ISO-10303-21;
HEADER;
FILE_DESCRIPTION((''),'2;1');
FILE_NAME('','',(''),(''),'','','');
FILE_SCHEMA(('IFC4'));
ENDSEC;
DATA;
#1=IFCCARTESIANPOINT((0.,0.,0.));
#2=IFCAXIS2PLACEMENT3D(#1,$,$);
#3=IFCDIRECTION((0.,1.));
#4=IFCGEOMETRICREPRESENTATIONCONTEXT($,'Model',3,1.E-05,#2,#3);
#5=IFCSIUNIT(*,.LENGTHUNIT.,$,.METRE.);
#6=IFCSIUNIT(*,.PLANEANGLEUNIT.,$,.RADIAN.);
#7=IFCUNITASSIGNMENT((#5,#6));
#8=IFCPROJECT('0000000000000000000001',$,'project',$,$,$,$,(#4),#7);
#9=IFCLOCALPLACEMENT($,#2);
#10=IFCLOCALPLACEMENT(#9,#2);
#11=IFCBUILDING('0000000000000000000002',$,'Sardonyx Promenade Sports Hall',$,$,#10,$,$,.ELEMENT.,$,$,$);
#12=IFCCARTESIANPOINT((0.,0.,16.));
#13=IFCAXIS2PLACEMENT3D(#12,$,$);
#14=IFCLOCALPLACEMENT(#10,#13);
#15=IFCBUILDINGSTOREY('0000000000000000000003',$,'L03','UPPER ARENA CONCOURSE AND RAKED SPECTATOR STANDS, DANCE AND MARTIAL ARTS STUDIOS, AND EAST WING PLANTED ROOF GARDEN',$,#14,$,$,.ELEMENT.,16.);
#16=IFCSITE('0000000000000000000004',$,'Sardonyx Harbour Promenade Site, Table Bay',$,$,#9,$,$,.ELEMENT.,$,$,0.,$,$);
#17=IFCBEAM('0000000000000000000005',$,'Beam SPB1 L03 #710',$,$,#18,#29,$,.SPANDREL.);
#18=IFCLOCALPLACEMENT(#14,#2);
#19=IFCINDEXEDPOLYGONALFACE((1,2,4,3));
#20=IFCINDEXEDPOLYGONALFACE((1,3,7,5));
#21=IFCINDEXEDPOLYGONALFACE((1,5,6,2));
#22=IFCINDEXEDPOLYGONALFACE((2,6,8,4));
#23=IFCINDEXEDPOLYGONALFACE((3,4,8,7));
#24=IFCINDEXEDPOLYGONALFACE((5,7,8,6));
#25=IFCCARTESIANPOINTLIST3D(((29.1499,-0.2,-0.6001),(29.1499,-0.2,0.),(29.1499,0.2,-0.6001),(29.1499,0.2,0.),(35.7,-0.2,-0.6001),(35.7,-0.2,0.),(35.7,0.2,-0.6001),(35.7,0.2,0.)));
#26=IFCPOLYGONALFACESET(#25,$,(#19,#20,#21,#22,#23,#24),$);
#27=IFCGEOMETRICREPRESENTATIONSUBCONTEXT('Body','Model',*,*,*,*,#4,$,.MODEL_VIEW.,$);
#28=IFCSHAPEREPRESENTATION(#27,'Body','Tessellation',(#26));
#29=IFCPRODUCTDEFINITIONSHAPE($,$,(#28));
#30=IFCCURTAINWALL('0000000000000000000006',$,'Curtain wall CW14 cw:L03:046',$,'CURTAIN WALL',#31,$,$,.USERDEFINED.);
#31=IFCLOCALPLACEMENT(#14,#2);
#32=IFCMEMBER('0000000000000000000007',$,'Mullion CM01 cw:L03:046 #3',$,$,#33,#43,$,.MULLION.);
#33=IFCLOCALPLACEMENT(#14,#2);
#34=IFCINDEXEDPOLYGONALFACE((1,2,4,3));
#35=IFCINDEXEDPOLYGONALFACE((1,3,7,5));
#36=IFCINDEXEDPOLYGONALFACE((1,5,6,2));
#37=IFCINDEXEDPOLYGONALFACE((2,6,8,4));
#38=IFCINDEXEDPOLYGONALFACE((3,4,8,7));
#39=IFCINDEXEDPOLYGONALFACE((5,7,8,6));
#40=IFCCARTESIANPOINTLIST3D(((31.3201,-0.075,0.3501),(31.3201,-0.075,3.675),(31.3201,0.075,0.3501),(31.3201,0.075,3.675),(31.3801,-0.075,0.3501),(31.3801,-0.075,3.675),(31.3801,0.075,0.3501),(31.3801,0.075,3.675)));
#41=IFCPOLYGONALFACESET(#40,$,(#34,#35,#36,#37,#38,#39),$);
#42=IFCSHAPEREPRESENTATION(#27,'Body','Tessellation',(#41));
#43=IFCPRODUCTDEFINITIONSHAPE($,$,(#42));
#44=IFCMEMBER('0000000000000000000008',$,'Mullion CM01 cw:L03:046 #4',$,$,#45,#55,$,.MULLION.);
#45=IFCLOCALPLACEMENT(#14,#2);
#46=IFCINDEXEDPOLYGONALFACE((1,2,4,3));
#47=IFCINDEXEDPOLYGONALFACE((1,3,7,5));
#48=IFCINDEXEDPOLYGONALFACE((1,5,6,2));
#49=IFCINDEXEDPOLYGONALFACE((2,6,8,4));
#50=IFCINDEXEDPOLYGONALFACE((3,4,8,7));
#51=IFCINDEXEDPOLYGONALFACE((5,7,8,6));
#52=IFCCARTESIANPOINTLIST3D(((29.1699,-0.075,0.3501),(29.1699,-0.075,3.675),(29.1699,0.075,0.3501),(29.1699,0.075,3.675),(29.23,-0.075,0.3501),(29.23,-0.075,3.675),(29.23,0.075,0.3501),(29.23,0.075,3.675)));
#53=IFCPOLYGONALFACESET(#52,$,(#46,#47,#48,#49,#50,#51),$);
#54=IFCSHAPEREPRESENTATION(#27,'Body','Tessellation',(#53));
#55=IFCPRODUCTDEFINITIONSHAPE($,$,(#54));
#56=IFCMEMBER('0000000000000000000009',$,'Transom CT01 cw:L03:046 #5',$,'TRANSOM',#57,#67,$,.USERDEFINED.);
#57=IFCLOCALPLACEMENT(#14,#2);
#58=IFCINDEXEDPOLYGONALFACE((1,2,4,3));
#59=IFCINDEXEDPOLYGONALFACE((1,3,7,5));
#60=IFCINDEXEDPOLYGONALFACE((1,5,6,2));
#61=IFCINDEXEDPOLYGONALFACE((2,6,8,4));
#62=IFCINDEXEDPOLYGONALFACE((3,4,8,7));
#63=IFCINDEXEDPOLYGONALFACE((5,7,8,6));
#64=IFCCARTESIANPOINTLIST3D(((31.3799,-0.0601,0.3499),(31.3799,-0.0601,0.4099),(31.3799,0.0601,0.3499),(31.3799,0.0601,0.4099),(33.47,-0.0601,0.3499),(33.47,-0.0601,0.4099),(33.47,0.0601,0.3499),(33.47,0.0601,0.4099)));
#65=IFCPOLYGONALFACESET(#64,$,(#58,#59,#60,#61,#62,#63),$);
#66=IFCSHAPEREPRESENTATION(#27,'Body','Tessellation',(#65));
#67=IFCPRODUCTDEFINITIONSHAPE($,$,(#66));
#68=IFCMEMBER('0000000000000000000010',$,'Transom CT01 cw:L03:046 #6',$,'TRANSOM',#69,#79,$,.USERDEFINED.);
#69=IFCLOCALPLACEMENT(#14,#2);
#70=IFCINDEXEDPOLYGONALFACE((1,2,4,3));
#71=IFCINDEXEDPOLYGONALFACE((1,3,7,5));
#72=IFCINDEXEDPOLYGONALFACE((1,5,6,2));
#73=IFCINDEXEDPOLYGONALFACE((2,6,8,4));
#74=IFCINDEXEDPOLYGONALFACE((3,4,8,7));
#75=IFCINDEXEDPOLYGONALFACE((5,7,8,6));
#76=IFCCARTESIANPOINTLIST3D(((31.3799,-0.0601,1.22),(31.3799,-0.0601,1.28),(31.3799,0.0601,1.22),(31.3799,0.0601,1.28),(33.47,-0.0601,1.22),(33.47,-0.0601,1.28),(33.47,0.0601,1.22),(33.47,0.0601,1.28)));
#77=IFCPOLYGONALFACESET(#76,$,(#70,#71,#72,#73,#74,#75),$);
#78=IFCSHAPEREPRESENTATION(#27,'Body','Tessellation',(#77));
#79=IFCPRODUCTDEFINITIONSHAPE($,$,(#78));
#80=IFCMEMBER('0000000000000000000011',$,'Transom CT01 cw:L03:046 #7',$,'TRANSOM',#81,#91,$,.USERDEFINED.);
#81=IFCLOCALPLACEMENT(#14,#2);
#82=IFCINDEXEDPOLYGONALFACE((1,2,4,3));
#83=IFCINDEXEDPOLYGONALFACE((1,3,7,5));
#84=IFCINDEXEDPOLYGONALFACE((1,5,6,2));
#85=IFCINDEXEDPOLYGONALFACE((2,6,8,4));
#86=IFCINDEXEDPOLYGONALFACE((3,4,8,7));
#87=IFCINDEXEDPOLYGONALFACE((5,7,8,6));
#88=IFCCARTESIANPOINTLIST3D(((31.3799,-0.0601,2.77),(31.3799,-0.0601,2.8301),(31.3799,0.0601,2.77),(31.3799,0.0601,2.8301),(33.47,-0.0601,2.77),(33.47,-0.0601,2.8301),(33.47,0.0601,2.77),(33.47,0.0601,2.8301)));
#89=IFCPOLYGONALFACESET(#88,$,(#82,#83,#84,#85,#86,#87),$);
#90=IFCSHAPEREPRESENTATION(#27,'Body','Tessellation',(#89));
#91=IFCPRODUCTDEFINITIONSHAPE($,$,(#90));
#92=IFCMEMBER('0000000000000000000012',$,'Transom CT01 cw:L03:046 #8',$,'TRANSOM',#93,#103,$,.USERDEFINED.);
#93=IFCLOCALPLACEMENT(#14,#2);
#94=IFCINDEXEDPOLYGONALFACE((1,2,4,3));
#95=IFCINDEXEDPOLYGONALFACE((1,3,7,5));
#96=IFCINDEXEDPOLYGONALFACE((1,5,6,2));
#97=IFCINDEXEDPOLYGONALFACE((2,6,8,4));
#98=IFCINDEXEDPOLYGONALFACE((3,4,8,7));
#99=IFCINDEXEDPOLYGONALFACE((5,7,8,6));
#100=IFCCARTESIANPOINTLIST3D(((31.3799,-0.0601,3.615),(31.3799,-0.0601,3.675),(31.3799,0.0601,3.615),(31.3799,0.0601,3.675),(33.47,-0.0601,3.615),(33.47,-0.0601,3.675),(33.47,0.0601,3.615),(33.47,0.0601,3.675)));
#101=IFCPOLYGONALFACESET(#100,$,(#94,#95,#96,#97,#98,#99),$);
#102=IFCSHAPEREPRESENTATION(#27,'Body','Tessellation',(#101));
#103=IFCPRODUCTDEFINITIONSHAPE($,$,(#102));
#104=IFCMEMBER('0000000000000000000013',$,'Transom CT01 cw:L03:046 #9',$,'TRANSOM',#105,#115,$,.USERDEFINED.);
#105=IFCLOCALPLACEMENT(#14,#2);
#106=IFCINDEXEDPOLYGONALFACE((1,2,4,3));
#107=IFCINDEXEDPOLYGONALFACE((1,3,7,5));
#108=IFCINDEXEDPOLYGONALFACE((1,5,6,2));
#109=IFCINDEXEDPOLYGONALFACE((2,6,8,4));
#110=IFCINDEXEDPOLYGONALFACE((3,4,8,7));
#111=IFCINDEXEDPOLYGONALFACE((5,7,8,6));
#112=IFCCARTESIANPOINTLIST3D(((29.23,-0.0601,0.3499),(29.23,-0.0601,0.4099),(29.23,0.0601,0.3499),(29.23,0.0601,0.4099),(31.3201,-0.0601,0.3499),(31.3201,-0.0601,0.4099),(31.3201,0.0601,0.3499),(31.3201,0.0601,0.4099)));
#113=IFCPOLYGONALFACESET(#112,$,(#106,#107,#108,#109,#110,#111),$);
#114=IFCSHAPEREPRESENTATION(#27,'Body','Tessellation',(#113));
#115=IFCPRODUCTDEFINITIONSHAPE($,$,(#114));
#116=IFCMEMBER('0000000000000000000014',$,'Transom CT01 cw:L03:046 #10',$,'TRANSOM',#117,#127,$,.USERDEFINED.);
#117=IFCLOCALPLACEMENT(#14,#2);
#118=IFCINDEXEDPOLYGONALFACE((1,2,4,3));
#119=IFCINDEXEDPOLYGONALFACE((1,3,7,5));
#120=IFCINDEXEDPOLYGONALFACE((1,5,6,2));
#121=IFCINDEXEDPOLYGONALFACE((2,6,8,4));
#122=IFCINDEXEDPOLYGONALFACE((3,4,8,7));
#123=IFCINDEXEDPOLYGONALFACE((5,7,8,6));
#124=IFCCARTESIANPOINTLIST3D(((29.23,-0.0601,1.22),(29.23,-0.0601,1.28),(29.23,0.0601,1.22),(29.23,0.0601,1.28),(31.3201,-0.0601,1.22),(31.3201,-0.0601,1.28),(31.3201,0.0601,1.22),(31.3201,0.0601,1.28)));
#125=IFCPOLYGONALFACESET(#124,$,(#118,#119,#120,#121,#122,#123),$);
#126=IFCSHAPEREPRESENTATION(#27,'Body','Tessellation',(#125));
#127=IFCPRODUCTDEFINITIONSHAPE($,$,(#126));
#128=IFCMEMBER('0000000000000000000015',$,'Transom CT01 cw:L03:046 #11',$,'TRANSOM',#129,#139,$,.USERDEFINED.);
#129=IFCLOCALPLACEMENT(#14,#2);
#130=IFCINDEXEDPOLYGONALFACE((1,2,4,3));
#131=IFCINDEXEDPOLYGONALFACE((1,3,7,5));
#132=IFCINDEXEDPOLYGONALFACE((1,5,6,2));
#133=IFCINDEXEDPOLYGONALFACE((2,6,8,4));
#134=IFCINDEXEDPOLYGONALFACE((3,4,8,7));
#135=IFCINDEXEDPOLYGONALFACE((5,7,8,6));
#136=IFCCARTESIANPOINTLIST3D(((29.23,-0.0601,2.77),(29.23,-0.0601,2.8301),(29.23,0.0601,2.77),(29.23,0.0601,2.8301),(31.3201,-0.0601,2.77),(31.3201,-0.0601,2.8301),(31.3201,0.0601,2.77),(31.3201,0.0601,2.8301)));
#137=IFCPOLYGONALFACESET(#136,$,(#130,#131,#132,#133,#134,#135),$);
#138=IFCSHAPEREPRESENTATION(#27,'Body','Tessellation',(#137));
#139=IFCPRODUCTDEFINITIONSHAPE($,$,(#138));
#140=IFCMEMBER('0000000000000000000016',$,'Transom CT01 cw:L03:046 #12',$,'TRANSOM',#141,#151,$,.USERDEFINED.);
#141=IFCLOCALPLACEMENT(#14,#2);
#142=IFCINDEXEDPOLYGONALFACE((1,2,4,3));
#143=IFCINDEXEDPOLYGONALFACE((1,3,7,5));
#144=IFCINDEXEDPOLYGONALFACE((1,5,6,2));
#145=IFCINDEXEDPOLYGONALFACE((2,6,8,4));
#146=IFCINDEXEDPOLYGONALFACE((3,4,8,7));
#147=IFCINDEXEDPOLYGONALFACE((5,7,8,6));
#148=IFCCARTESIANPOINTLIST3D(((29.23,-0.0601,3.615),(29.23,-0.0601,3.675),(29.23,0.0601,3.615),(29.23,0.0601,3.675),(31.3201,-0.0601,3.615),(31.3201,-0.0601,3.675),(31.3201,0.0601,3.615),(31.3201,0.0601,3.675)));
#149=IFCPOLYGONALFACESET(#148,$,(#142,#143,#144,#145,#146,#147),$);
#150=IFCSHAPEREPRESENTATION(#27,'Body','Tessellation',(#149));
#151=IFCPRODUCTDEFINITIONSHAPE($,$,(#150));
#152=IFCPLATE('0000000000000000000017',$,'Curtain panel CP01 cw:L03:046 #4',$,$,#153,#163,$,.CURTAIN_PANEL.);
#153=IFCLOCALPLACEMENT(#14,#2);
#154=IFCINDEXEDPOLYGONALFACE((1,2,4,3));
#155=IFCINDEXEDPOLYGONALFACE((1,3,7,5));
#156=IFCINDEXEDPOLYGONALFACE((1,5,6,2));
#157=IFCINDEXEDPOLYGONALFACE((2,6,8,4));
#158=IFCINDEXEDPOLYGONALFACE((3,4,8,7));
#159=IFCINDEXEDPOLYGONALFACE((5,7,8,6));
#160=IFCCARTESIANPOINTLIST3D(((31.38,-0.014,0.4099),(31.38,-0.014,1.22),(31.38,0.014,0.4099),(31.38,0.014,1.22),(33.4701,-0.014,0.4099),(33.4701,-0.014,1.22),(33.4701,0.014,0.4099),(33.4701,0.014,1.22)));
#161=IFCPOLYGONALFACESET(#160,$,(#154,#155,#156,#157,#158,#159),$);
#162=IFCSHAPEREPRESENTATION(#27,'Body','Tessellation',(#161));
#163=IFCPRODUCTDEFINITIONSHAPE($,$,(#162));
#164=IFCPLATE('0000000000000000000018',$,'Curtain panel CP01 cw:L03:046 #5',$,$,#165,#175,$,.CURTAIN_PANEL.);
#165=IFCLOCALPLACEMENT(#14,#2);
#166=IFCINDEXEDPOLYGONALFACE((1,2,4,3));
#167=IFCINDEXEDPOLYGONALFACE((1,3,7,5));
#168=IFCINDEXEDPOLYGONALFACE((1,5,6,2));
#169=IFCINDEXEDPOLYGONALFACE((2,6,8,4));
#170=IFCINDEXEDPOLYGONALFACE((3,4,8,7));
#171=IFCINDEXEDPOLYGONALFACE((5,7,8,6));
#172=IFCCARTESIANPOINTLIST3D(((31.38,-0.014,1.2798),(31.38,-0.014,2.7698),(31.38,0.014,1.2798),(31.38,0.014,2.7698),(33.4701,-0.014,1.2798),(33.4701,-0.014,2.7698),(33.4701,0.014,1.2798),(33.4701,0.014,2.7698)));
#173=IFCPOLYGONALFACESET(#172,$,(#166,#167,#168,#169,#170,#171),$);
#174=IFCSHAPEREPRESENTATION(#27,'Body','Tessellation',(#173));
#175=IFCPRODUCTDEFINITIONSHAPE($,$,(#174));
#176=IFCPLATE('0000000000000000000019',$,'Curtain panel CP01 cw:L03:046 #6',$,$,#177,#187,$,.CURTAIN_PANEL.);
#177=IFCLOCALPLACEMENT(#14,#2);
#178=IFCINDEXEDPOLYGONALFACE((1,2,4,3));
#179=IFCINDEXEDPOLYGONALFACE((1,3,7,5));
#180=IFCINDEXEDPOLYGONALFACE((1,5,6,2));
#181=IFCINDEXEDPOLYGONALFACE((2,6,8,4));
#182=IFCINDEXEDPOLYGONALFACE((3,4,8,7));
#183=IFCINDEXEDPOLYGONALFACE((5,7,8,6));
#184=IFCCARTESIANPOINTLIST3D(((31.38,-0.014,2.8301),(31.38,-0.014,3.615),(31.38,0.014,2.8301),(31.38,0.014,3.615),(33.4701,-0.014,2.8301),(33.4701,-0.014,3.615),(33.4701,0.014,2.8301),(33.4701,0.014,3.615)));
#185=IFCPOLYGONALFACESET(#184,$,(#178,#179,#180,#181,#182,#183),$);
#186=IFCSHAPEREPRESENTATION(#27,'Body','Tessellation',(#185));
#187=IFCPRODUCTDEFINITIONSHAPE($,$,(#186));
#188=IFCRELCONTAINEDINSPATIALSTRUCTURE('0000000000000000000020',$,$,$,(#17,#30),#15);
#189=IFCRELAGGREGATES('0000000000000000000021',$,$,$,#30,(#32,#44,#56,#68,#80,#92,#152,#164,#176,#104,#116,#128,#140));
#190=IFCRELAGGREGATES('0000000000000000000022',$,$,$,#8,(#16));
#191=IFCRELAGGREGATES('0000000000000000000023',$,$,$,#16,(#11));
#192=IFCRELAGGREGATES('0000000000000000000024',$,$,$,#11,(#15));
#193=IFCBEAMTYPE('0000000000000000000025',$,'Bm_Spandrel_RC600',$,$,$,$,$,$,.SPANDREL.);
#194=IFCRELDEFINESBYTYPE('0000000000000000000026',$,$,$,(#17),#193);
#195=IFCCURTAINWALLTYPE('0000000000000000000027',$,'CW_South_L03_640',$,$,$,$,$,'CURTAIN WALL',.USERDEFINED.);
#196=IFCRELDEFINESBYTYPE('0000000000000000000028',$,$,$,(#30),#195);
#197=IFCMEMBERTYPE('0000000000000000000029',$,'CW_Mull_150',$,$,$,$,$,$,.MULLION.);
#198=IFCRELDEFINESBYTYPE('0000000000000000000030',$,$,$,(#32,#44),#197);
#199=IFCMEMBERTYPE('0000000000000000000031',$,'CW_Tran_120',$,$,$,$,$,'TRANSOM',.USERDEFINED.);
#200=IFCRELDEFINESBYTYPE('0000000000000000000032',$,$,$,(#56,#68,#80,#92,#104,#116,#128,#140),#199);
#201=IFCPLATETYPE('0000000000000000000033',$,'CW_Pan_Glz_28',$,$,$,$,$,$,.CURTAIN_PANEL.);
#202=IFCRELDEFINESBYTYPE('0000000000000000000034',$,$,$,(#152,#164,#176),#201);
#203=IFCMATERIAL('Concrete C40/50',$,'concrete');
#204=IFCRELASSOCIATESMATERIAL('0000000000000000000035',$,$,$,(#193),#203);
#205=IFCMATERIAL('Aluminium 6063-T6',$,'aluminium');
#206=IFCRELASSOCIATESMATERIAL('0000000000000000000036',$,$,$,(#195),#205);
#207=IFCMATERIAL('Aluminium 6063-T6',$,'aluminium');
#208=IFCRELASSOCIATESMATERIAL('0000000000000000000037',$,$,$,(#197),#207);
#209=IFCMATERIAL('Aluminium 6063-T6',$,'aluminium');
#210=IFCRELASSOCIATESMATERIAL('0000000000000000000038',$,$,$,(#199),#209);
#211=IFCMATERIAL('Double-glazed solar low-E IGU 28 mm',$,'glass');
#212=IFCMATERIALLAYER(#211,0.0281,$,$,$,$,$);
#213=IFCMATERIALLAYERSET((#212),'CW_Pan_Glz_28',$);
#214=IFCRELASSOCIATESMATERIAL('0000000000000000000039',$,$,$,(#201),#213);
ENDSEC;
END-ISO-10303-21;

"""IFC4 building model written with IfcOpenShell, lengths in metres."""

from ifc_helpers import new_model, si_unit, direction, frame, origin, origin_2d, place, context, subcontext, project, spatial, rectangle, extrude, material, layer, layer_set, material_profile, profile_set, type_object, element, aggregate, save


model = new_model("IFC4")

# Units and contexts
model_context = context("Model", 3, precision=1e-05, world=origin(), true_north=direction((0.0, 1.0)))
body_context = subcontext(model_context, "Body", "Model", "MODEL_VIEW")
ifc_project = project(units=[si_unit("LENGTHUNIT", "METRE"), si_unit("PLANEANGLEUNIT", "RADIAN")], contexts=[model_context])

# Site, building, storey
site_placement = place(None, origin())
site = spatial("IfcSite", under=ifc_project, at=site_placement, Name="Sardonyx Harbour Promenade Site, Table Bay", CompositionType="ELEMENT", RefElevation=0.0)
building_placement = place(site_placement, origin())
building = spatial("IfcBuilding", under=site, at=building_placement, Name="Sardonyx Promenade Sports Hall", CompositionType="ELEMENT")
storey_placement = place(building_placement, frame((0.0, 0.0, 16.0)))
storey = spatial("IfcBuildingStorey", under=building, at=storey_placement, Name="L03", Description="UPPER ARENA CONCOURSE AND RAKED SPECTATOR STANDS, DANCE AND MARTIAL ARTS STUDIOS, AND EAST WING PLANTED ROOF GARDEN", CompositionType="ELEMENT", Elevation=16.0)

# Beam
ifc_material_1 = material(Name="Concrete C40/50", Category="concrete")
ifc_material_profile_1 = material_profile(ifc_material_1, rectangle(XDim=0.3999, YDim=0.6001, at=origin_2d()))
ifc_profile_set_1 = profile_set([ifc_material_profile_1], Name="Concrete C40/50")
beam_type_1 = type_object("IfcBeamType", Name="Bm_Spandrel_RC600", PredefinedType="SPANDREL", material=ifc_profile_set_1)
beam_1_placement = place(storey_placement, frame((29.1499, 0.0, -0.3), z_axis=(1.0, 0.0, 0.0), x_axis=(0.0, 1.0, 0.0)))
element("IfcBeam", 1, at=beam_1_placement, inside=storey, type_object=beam_type_1, Name="Beam SPB1 L03 #710", PredefinedType="SPANDREL", context=body_context, shape_type="SweptSolid", body=[
    extrude(rectangle(XDim=0.3999, YDim=0.6001, at=origin_2d()), origin(), (0.0, 0.0, 1.0), 6.55),
])

# Curtain wall, members, plates
ifc_material_2 = material(Name="Aluminium 6063-T6", Category="aluminium")
curtain_wall_type = type_object("IfcCurtainWallType", Name="CW_South_L03_640", ElementType="CURTAIN WALL", PredefinedType="USERDEFINED", material=ifc_material_2)
curtain_wall_placement = place(storey_placement, origin())
curtain_wall = element("IfcCurtainWall", 2, at=curtain_wall_placement, inside=storey, type_object=curtain_wall_type, Name="Curtain wall CW14 cw:L03:046", ObjectType="CURTAIN WALL", PredefinedType="USERDEFINED")
ifc_material_3 = material(Name="Aluminium 6063-T6", Category="aluminium")
ifc_material_profile_2 = material_profile(ifc_material_3, rectangle(XDim=0.0601, YDim=0.1499, at=origin_2d()))
ifc_profile_set_2 = profile_set([ifc_material_profile_2], Name="Aluminium 6063-T6")
member_type_1 = type_object("IfcMemberType", Name="CW_Mull_150", PredefinedType="MULLION", material=ifc_profile_set_2)
member_1_placement = place(storey_placement, frame((31.3501, 0.0, 0.3501), z_axis=(0.0, 0.0, 1.0), x_axis=(-1.0, 0.0, 0.0)))
member_1 = element("IfcMember", 3, at=member_1_placement, type_object=member_type_1, Name="Mullion CM01 cw:L03:046 #3", PredefinedType="MULLION", context=body_context, shape_type="SweptSolid", body=[
    extrude(rectangle(XDim=0.0601, YDim=0.1499, at=origin_2d()), origin(), (0.0, 0.0, 1.0), 3.325),
])
member_2_placement = place(storey_placement, frame((29.2, 0.0, 0.3501), z_axis=(0.0, 0.0, 1.0), x_axis=(-1.0, 0.0, 0.0)))
member_2 = element("IfcMember", 4, at=member_2_placement, type_object=member_type_1, Name="Mullion CM01 cw:L03:046 #4", PredefinedType="MULLION", context=body_context, shape_type="SweptSolid", body=[
    extrude(rectangle(XDim=0.0601, YDim=0.1499, at=origin_2d()), origin(), (0.0, 0.0, 1.0), 3.325),
])
ifc_material_4 = material(Name="Aluminium 6063-T6", Category="aluminium")
ifc_material_profile_3 = material_profile(ifc_material_4, rectangle(XDim=0.0601, YDim=0.1201, at=origin_2d()))
ifc_profile_set_3 = profile_set([ifc_material_profile_3], Name="Aluminium 6063-T6")
member_type_2 = type_object("IfcMemberType", Name="CW_Tran_120", ElementType="TRANSOM", PredefinedType="USERDEFINED", material=ifc_profile_set_3)
member_3_placement = place(storey_placement, frame((33.47, 0.0, 0.3799), z_axis=(-1.0, 0.0, 0.0), x_axis=(0.0, 0.0, 1.0)))
member_3 = element("IfcMember", 5, at=member_3_placement, type_object=member_type_2, Name="Transom CT01 cw:L03:046 #5", ObjectType="TRANSOM", PredefinedType="USERDEFINED", context=body_context, shape_type="SweptSolid", body=[
    extrude(rectangle(XDim=0.0601, YDim=0.1201, at=origin_2d()), origin(), (0.0, 0.0, 1.0), 2.0901),
])
member_4_placement = place(storey_placement, frame((33.47, 0.0, 1.25), z_axis=(-1.0, 0.0, 0.0), x_axis=(0.0, 0.0, 1.0)))
member_4 = element("IfcMember", 6, at=member_4_placement, type_object=member_type_2, Name="Transom CT01 cw:L03:046 #6", ObjectType="TRANSOM", PredefinedType="USERDEFINED", context=body_context, shape_type="SweptSolid", body=[
    extrude(rectangle(XDim=0.0601, YDim=0.1201, at=origin_2d()), origin(), (0.0, 0.0, 1.0), 2.0901),
])
member_5_placement = place(storey_placement, frame((33.47, 0.0, 2.8), z_axis=(-1.0, 0.0, 0.0), x_axis=(0.0, 0.0, 1.0)))
member_5 = element("IfcMember", 7, at=member_5_placement, type_object=member_type_2, Name="Transom CT01 cw:L03:046 #7", ObjectType="TRANSOM", PredefinedType="USERDEFINED", context=body_context, shape_type="SweptSolid", body=[
    extrude(rectangle(XDim=0.0601, YDim=0.1201, at=origin_2d()), origin(), (0.0, 0.0, 1.0), 2.0901),
])
member_6_placement = place(storey_placement, frame((33.47, 0.0, 3.645), z_axis=(-1.0, 0.0, 0.0), x_axis=(0.0, 0.0, 1.0)))
member_6 = element("IfcMember", 8, at=member_6_placement, type_object=member_type_2, Name="Transom CT01 cw:L03:046 #8", ObjectType="TRANSOM", PredefinedType="USERDEFINED", context=body_context, shape_type="SweptSolid", body=[
    extrude(rectangle(XDim=0.0601, YDim=0.1201, at=origin_2d()), origin(), (0.0, 0.0, 1.0), 2.0901),
])
member_7_placement = place(storey_placement, frame((31.3201, 0.0, 0.3799), z_axis=(-1.0, 0.0, 0.0), x_axis=(0.0, 0.0, 1.0)))
member_7 = element("IfcMember", 9, at=member_7_placement, type_object=member_type_2, Name="Transom CT01 cw:L03:046 #9", ObjectType="TRANSOM", PredefinedType="USERDEFINED", context=body_context, shape_type="SweptSolid", body=[
    extrude(rectangle(XDim=0.0601, YDim=0.1201, at=origin_2d()), origin(), (0.0, 0.0, 1.0), 2.0901),
])
member_8_placement = place(storey_placement, frame((31.3201, 0.0, 1.25), z_axis=(-1.0, 0.0, 0.0), x_axis=(0.0, 0.0, 1.0)))
member_8 = element("IfcMember", 10, at=member_8_placement, type_object=member_type_2, Name="Transom CT01 cw:L03:046 #10", ObjectType="TRANSOM", PredefinedType="USERDEFINED", context=body_context, shape_type="SweptSolid", body=[
    extrude(rectangle(XDim=0.0601, YDim=0.1201, at=origin_2d()), origin(), (0.0, 0.0, 1.0), 2.0901),
])
member_9_placement = place(storey_placement, frame((31.3201, 0.0, 2.8), z_axis=(-1.0, 0.0, 0.0), x_axis=(0.0, 0.0, 1.0)))
member_9 = element("IfcMember", 11, at=member_9_placement, type_object=member_type_2, Name="Transom CT01 cw:L03:046 #11", ObjectType="TRANSOM", PredefinedType="USERDEFINED", context=body_context, shape_type="SweptSolid", body=[
    extrude(rectangle(XDim=0.0601, YDim=0.1201, at=origin_2d()), origin(), (0.0, 0.0, 1.0), 2.0901),
])
member_10_placement = place(storey_placement, frame((31.3201, 0.0, 3.645), z_axis=(-1.0, 0.0, 0.0), x_axis=(0.0, 0.0, 1.0)))
member_10 = element("IfcMember", 12, at=member_10_placement, type_object=member_type_2, Name="Transom CT01 cw:L03:046 #12", ObjectType="TRANSOM", PredefinedType="USERDEFINED", context=body_context, shape_type="SweptSolid", body=[
    extrude(rectangle(XDim=0.0601, YDim=0.1201, at=origin_2d()), origin(), (0.0, 0.0, 1.0), 2.0901),
])
ifc_material_5 = material(Name="Double-glazed solar low-E IGU 28 mm", Category="glass")
ifc_layer_1 = layer(ifc_material_5, 0.0281)
ifc_layer_set_1 = layer_set([ifc_layer_1], Name="CW_Pan_Glz_28")
plate_type = type_object("IfcPlateType", Name="CW_Pan_Glz_28", PredefinedType="CURTAIN_PANEL", material=ifc_layer_set_1)
plate_1_placement = place(storey_placement, frame((32.425, 0.0, 0.4099), z_axis=(0.0, 0.0, 1.0), x_axis=(-1.0, 0.0, 0.0)))
plate_1 = element("IfcPlate", 13, at=plate_1_placement, type_object=plate_type, Name="Curtain panel CP01 cw:L03:046 #4", PredefinedType="CURTAIN_PANEL", context=body_context, shape_type="SweptSolid", body=[
    extrude(rectangle(XDim=2.0901, YDim=0.0281, at=origin_2d()), origin(), (0.0, 0.0, 1.0), 0.8101),
])
plate_2_placement = place(storey_placement, frame((32.425, 0.0, 1.2798), z_axis=(0.0, 0.0, 1.0), x_axis=(-1.0, 0.0, 0.0)))
plate_2 = element("IfcPlate", 14, at=plate_2_placement, type_object=plate_type, Name="Curtain panel CP01 cw:L03:046 #5", PredefinedType="CURTAIN_PANEL", context=body_context, shape_type="SweptSolid", body=[
    extrude(rectangle(XDim=2.0901, YDim=0.0281, at=origin_2d()), origin(), (0.0, 0.0, 1.0), 1.49),
])
plate_3_placement = place(storey_placement, frame((32.425, 0.0, 2.8301), z_axis=(0.0, 0.0, 1.0), x_axis=(-1.0, 0.0, 0.0)))
plate_3 = element("IfcPlate", 15, at=plate_3_placement, type_object=plate_type, Name="Curtain panel CP01 cw:L03:046 #6", PredefinedType="CURTAIN_PANEL", context=body_context, shape_type="SweptSolid", body=[
    extrude(rectangle(XDim=2.0901, YDim=0.0281, at=origin_2d()), origin(), (0.0, 0.0, 1.0), 0.7849),
])
aggregate(curtain_wall, [member_1, member_2, member_3, member_4, member_5, member_6, plate_1, plate_2, plate_3, member_7, member_8, member_9, member_10])

save(model, "model.ifc")
